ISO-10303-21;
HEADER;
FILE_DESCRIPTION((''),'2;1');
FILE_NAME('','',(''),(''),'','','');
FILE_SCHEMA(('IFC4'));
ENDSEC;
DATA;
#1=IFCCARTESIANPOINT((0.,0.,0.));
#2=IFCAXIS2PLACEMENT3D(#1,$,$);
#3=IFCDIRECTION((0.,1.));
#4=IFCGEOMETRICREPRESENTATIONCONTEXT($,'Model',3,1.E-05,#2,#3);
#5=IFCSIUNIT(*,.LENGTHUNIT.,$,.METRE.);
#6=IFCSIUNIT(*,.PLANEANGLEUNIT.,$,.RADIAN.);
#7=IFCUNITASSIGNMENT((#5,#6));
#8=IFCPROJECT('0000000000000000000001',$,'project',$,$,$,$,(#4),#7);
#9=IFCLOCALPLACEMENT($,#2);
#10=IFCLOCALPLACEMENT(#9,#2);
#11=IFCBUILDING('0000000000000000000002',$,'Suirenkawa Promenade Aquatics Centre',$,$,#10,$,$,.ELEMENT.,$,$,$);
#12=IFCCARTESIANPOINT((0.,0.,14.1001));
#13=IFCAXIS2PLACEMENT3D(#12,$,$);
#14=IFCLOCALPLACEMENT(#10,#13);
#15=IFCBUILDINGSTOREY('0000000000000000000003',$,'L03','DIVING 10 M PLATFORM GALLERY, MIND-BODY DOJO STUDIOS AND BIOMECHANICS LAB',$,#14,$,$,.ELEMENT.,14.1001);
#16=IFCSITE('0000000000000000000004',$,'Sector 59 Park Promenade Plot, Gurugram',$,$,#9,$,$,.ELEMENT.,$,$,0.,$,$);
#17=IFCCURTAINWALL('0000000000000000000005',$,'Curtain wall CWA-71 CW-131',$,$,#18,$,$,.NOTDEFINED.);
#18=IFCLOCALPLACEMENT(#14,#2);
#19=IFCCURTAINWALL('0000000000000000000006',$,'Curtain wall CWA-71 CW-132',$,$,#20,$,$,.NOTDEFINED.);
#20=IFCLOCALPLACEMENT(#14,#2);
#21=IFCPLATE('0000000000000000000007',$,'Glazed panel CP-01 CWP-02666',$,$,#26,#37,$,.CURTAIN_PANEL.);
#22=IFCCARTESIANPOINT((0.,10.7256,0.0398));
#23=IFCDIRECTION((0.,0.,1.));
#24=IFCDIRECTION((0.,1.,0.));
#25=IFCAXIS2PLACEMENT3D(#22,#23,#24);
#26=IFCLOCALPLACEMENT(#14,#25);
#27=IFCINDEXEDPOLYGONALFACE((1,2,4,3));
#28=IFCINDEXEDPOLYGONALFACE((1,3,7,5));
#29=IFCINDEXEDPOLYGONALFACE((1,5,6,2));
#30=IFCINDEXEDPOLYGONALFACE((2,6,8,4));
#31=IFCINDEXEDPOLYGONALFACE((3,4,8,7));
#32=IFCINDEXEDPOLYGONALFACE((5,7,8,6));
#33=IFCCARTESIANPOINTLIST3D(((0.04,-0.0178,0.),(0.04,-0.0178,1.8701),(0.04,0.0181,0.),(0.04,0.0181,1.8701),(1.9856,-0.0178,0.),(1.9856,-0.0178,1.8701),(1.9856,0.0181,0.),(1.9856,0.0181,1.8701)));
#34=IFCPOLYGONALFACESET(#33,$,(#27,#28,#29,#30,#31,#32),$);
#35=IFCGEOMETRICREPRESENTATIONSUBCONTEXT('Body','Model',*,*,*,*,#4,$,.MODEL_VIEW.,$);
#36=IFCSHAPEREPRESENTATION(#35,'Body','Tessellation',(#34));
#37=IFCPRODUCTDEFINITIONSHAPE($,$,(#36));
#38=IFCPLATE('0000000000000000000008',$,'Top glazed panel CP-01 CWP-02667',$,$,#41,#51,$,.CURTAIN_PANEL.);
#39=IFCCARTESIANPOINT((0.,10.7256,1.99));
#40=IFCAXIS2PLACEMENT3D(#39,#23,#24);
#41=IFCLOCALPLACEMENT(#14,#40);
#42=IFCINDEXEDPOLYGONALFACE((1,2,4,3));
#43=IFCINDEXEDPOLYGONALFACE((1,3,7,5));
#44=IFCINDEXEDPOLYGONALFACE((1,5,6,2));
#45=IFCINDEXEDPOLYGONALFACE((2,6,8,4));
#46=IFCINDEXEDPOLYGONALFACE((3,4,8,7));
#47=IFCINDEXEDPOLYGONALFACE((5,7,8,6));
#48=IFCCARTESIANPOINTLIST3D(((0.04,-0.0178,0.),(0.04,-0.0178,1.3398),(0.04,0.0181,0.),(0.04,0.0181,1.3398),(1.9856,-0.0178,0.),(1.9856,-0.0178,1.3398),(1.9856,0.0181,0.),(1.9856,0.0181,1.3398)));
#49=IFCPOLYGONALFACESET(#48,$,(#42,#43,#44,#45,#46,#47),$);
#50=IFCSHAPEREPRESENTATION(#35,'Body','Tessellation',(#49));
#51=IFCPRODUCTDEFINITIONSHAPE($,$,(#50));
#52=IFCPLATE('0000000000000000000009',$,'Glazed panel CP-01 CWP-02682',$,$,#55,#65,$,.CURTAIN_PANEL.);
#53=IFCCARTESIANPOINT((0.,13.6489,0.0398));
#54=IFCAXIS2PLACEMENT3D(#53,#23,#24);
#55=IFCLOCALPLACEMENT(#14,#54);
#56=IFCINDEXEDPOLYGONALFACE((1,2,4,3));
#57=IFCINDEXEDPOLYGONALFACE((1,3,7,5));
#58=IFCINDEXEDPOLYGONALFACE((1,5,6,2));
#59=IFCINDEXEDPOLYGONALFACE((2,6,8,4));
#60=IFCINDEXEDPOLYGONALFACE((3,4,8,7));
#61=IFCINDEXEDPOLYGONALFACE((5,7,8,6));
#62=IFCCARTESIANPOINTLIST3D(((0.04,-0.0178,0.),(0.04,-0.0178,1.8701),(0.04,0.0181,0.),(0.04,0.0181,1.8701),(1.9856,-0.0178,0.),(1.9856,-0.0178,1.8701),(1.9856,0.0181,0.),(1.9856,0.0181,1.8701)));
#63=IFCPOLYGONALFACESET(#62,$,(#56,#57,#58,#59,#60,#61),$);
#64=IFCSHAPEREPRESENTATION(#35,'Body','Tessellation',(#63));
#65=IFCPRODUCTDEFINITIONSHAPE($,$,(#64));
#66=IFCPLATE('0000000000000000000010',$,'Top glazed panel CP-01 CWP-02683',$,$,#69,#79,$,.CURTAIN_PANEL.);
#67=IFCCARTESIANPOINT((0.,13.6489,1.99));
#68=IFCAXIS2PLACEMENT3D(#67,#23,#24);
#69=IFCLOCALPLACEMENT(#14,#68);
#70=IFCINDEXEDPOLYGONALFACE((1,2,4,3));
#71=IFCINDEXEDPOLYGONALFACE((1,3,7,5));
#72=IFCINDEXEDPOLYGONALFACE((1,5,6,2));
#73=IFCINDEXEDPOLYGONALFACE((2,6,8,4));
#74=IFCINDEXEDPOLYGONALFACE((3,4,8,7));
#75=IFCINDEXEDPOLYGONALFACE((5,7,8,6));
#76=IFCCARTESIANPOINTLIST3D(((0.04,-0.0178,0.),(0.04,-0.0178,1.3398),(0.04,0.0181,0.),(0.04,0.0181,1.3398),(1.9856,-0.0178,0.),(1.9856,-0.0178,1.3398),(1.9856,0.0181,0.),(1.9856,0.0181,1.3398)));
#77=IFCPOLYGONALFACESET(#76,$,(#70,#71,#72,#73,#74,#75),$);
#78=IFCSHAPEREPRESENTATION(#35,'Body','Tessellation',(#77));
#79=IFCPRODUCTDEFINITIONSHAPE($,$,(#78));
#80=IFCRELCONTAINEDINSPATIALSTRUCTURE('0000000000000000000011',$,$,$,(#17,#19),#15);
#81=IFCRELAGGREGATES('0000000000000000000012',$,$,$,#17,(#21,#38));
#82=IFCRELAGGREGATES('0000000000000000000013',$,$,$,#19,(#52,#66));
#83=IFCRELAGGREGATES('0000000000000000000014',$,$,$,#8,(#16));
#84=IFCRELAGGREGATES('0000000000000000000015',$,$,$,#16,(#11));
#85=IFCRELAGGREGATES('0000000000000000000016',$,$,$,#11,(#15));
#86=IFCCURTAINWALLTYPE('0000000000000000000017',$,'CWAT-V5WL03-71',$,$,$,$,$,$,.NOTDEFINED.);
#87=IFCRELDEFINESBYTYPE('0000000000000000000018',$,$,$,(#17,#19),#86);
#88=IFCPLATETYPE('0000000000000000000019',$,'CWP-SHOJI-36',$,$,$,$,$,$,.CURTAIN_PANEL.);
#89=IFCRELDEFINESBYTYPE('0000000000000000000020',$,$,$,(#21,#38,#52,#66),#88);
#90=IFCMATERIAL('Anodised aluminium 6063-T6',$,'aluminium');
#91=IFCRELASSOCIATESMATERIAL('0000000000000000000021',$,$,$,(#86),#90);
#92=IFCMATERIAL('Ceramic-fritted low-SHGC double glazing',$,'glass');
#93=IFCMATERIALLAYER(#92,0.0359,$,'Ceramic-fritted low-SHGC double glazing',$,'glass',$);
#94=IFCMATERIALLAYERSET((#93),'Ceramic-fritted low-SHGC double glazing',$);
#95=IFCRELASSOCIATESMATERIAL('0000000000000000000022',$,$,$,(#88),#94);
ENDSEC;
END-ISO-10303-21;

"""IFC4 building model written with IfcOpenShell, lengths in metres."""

from ifc_helpers import new_model, si_unit, direction, frame, origin, place, context, subcontext, project, spatial, polyline, outline, extrude, material, layer, layer_set, type_object, element, aggregate, save


model = new_model("IFC4")

# Units and contexts
model_context = context("Model", 3, precision=1e-05, world=origin(), true_north=direction((0.0, 1.0)))
body_context = subcontext(model_context, "Body", "Model", "MODEL_VIEW")
ifc_project = project(units=[si_unit("LENGTHUNIT", "METRE"), si_unit("PLANEANGLEUNIT", "RADIAN")], contexts=[model_context])

# Site, building, storey
site_placement = place(None, origin())
site = spatial("IfcSite", under=ifc_project, at=site_placement, Name="Sector 59 Park Promenade Plot, Gurugram", CompositionType="ELEMENT", RefElevation=0.0)
building_placement = place(site_placement, origin())
building = spatial("IfcBuilding", under=site, at=building_placement, Name="Suirenkawa Promenade Aquatics Centre", CompositionType="ELEMENT")
storey_placement = place(building_placement, frame((0.0, 0.0, 14.1001)))
storey = spatial("IfcBuildingStorey", under=building, at=storey_placement, Name="L03", Description="DIVING 10 M PLATFORM GALLERY, MIND-BODY DOJO STUDIOS AND BIOMECHANICS LAB", CompositionType="ELEMENT", Elevation=14.1001)

# Curtain wall
ifc_material_1 = material(Name="Anodised aluminium 6063-T6", Category="aluminium")
curtain_wall_type = type_object("IfcCurtainWallType", Name="CWAT-V5WL03-71", PredefinedType="NOTDEFINED", material=ifc_material_1)
curtain_wall_1_placement = place(storey_placement, origin())
curtain_wall_1 = element("IfcCurtainWall", 1, at=curtain_wall_1_placement, inside=storey, type_object=curtain_wall_type, Name="Curtain wall CWA-71 CW-131", PredefinedType="NOTDEFINED")

# Curtain wall
curtain_wall_2_placement = place(storey_placement, origin())
curtain_wall_2 = element("IfcCurtainWall", 2, at=curtain_wall_2_placement, inside=storey, type_object=curtain_wall_type, Name="Curtain wall CWA-71 CW-132", PredefinedType="NOTDEFINED")

# Plates
ifc_material_2 = material(Name="Ceramic-fritted low-SHGC double glazing", Category="glass")
ifc_layer_1 = layer(ifc_material_2, 0.0359, Name="Ceramic-fritted low-SHGC double glazing", Category="glass")
ifc_layer_set_1 = layer_set([ifc_layer_1], Name="Ceramic-fritted low-SHGC double glazing")
plate_type = type_object("IfcPlateType", Name="CWP-SHOJI-36", PredefinedType="CURTAIN_PANEL", material=ifc_layer_set_1)
plate_1_placement = place(storey_placement, frame((0.0, 10.7256, 0.0398), z_axis=(0.0, 0.0, 1.0), x_axis=(0.0, 1.0, 0.0)))
plate_1 = element("IfcPlate", 3, at=plate_1_placement, type_object=plate_type, Name="Glazed panel CP-01 CWP-02666", PredefinedType="CURTAIN_PANEL", context=body_context, shape_type="SweptSolid", body=[
    extrude(outline(polyline([(0.04, 0.0), (1.9856, 0.0), (1.9856, 1.8701), (0.04, 1.8701), (0.04, 0.0)])), frame((0.0, 0.0181, 0.0), z_axis=(0.0, -1.0, 0.0), x_axis=(1.0, 0.0, 0.0)), (0.0, 0.0, 1.0), 0.0359),
])
plate_2_placement = place(storey_placement, frame((0.0, 10.7256, 1.99), z_axis=(0.0, 0.0, 1.0), x_axis=(0.0, 1.0, 0.0)))
plate_2 = element("IfcPlate", 4, at=plate_2_placement, type_object=plate_type, Name="Top glazed panel CP-01 CWP-02667", PredefinedType="CURTAIN_PANEL", context=body_context, shape_type="SweptSolid", body=[
    extrude(outline(polyline([(0.04, 0.0), (1.9856, 0.0), (1.9856, 1.3398), (0.04, 1.3398), (0.04, 0.0)])), frame((0.0, 0.0181, 0.0), z_axis=(0.0, -1.0, 0.0), x_axis=(1.0, 0.0, 0.0)), (0.0, 0.0, 1.0), 0.0359),
])
aggregate(curtain_wall_1, [plate_1, plate_2])
plate_3_placement = place(storey_placement, frame((0.0, 13.6489, 0.0398), z_axis=(0.0, 0.0, 1.0), x_axis=(0.0, 1.0, 0.0)))
plate_3 = element("IfcPlate", 5, at=plate_3_placement, type_object=plate_type, Name="Glazed panel CP-01 CWP-02682", PredefinedType="CURTAIN_PANEL", context=body_context, shape_type="SweptSolid", body=[
    extrude(outline(polyline([(0.04, 0.0), (1.9856, 0.0), (1.9856, 1.8701), (0.04, 1.8701), (0.04, 0.0)])), frame((0.0, 0.0181, 0.0), z_axis=(0.0, -1.0, 0.0), x_axis=(1.0, 0.0, 0.0)), (0.0, 0.0, 1.0), 0.0359),
])
plate_4_placement = place(storey_placement, frame((0.0, 13.6489, 1.99), z_axis=(0.0, 0.0, 1.0), x_axis=(0.0, 1.0, 0.0)))
plate_4 = element("IfcPlate", 6, at=plate_4_placement, type_object=plate_type, Name="Top glazed panel CP-01 CWP-02683", PredefinedType="CURTAIN_PANEL", context=body_context, shape_type="SweptSolid", body=[
    extrude(outline(polyline([(0.04, 0.0), (1.9856, 0.0), (1.9856, 1.3398), (0.04, 1.3398), (0.04, 0.0)])), frame((0.0, 0.0181, 0.0), z_axis=(0.0, -1.0, 0.0), x_axis=(1.0, 0.0, 0.0)), (0.0, 0.0, 1.0), 0.0359),
])
aggregate(curtain_wall_2, [plate_3, plate_4])

save(model, "model.ifc")
